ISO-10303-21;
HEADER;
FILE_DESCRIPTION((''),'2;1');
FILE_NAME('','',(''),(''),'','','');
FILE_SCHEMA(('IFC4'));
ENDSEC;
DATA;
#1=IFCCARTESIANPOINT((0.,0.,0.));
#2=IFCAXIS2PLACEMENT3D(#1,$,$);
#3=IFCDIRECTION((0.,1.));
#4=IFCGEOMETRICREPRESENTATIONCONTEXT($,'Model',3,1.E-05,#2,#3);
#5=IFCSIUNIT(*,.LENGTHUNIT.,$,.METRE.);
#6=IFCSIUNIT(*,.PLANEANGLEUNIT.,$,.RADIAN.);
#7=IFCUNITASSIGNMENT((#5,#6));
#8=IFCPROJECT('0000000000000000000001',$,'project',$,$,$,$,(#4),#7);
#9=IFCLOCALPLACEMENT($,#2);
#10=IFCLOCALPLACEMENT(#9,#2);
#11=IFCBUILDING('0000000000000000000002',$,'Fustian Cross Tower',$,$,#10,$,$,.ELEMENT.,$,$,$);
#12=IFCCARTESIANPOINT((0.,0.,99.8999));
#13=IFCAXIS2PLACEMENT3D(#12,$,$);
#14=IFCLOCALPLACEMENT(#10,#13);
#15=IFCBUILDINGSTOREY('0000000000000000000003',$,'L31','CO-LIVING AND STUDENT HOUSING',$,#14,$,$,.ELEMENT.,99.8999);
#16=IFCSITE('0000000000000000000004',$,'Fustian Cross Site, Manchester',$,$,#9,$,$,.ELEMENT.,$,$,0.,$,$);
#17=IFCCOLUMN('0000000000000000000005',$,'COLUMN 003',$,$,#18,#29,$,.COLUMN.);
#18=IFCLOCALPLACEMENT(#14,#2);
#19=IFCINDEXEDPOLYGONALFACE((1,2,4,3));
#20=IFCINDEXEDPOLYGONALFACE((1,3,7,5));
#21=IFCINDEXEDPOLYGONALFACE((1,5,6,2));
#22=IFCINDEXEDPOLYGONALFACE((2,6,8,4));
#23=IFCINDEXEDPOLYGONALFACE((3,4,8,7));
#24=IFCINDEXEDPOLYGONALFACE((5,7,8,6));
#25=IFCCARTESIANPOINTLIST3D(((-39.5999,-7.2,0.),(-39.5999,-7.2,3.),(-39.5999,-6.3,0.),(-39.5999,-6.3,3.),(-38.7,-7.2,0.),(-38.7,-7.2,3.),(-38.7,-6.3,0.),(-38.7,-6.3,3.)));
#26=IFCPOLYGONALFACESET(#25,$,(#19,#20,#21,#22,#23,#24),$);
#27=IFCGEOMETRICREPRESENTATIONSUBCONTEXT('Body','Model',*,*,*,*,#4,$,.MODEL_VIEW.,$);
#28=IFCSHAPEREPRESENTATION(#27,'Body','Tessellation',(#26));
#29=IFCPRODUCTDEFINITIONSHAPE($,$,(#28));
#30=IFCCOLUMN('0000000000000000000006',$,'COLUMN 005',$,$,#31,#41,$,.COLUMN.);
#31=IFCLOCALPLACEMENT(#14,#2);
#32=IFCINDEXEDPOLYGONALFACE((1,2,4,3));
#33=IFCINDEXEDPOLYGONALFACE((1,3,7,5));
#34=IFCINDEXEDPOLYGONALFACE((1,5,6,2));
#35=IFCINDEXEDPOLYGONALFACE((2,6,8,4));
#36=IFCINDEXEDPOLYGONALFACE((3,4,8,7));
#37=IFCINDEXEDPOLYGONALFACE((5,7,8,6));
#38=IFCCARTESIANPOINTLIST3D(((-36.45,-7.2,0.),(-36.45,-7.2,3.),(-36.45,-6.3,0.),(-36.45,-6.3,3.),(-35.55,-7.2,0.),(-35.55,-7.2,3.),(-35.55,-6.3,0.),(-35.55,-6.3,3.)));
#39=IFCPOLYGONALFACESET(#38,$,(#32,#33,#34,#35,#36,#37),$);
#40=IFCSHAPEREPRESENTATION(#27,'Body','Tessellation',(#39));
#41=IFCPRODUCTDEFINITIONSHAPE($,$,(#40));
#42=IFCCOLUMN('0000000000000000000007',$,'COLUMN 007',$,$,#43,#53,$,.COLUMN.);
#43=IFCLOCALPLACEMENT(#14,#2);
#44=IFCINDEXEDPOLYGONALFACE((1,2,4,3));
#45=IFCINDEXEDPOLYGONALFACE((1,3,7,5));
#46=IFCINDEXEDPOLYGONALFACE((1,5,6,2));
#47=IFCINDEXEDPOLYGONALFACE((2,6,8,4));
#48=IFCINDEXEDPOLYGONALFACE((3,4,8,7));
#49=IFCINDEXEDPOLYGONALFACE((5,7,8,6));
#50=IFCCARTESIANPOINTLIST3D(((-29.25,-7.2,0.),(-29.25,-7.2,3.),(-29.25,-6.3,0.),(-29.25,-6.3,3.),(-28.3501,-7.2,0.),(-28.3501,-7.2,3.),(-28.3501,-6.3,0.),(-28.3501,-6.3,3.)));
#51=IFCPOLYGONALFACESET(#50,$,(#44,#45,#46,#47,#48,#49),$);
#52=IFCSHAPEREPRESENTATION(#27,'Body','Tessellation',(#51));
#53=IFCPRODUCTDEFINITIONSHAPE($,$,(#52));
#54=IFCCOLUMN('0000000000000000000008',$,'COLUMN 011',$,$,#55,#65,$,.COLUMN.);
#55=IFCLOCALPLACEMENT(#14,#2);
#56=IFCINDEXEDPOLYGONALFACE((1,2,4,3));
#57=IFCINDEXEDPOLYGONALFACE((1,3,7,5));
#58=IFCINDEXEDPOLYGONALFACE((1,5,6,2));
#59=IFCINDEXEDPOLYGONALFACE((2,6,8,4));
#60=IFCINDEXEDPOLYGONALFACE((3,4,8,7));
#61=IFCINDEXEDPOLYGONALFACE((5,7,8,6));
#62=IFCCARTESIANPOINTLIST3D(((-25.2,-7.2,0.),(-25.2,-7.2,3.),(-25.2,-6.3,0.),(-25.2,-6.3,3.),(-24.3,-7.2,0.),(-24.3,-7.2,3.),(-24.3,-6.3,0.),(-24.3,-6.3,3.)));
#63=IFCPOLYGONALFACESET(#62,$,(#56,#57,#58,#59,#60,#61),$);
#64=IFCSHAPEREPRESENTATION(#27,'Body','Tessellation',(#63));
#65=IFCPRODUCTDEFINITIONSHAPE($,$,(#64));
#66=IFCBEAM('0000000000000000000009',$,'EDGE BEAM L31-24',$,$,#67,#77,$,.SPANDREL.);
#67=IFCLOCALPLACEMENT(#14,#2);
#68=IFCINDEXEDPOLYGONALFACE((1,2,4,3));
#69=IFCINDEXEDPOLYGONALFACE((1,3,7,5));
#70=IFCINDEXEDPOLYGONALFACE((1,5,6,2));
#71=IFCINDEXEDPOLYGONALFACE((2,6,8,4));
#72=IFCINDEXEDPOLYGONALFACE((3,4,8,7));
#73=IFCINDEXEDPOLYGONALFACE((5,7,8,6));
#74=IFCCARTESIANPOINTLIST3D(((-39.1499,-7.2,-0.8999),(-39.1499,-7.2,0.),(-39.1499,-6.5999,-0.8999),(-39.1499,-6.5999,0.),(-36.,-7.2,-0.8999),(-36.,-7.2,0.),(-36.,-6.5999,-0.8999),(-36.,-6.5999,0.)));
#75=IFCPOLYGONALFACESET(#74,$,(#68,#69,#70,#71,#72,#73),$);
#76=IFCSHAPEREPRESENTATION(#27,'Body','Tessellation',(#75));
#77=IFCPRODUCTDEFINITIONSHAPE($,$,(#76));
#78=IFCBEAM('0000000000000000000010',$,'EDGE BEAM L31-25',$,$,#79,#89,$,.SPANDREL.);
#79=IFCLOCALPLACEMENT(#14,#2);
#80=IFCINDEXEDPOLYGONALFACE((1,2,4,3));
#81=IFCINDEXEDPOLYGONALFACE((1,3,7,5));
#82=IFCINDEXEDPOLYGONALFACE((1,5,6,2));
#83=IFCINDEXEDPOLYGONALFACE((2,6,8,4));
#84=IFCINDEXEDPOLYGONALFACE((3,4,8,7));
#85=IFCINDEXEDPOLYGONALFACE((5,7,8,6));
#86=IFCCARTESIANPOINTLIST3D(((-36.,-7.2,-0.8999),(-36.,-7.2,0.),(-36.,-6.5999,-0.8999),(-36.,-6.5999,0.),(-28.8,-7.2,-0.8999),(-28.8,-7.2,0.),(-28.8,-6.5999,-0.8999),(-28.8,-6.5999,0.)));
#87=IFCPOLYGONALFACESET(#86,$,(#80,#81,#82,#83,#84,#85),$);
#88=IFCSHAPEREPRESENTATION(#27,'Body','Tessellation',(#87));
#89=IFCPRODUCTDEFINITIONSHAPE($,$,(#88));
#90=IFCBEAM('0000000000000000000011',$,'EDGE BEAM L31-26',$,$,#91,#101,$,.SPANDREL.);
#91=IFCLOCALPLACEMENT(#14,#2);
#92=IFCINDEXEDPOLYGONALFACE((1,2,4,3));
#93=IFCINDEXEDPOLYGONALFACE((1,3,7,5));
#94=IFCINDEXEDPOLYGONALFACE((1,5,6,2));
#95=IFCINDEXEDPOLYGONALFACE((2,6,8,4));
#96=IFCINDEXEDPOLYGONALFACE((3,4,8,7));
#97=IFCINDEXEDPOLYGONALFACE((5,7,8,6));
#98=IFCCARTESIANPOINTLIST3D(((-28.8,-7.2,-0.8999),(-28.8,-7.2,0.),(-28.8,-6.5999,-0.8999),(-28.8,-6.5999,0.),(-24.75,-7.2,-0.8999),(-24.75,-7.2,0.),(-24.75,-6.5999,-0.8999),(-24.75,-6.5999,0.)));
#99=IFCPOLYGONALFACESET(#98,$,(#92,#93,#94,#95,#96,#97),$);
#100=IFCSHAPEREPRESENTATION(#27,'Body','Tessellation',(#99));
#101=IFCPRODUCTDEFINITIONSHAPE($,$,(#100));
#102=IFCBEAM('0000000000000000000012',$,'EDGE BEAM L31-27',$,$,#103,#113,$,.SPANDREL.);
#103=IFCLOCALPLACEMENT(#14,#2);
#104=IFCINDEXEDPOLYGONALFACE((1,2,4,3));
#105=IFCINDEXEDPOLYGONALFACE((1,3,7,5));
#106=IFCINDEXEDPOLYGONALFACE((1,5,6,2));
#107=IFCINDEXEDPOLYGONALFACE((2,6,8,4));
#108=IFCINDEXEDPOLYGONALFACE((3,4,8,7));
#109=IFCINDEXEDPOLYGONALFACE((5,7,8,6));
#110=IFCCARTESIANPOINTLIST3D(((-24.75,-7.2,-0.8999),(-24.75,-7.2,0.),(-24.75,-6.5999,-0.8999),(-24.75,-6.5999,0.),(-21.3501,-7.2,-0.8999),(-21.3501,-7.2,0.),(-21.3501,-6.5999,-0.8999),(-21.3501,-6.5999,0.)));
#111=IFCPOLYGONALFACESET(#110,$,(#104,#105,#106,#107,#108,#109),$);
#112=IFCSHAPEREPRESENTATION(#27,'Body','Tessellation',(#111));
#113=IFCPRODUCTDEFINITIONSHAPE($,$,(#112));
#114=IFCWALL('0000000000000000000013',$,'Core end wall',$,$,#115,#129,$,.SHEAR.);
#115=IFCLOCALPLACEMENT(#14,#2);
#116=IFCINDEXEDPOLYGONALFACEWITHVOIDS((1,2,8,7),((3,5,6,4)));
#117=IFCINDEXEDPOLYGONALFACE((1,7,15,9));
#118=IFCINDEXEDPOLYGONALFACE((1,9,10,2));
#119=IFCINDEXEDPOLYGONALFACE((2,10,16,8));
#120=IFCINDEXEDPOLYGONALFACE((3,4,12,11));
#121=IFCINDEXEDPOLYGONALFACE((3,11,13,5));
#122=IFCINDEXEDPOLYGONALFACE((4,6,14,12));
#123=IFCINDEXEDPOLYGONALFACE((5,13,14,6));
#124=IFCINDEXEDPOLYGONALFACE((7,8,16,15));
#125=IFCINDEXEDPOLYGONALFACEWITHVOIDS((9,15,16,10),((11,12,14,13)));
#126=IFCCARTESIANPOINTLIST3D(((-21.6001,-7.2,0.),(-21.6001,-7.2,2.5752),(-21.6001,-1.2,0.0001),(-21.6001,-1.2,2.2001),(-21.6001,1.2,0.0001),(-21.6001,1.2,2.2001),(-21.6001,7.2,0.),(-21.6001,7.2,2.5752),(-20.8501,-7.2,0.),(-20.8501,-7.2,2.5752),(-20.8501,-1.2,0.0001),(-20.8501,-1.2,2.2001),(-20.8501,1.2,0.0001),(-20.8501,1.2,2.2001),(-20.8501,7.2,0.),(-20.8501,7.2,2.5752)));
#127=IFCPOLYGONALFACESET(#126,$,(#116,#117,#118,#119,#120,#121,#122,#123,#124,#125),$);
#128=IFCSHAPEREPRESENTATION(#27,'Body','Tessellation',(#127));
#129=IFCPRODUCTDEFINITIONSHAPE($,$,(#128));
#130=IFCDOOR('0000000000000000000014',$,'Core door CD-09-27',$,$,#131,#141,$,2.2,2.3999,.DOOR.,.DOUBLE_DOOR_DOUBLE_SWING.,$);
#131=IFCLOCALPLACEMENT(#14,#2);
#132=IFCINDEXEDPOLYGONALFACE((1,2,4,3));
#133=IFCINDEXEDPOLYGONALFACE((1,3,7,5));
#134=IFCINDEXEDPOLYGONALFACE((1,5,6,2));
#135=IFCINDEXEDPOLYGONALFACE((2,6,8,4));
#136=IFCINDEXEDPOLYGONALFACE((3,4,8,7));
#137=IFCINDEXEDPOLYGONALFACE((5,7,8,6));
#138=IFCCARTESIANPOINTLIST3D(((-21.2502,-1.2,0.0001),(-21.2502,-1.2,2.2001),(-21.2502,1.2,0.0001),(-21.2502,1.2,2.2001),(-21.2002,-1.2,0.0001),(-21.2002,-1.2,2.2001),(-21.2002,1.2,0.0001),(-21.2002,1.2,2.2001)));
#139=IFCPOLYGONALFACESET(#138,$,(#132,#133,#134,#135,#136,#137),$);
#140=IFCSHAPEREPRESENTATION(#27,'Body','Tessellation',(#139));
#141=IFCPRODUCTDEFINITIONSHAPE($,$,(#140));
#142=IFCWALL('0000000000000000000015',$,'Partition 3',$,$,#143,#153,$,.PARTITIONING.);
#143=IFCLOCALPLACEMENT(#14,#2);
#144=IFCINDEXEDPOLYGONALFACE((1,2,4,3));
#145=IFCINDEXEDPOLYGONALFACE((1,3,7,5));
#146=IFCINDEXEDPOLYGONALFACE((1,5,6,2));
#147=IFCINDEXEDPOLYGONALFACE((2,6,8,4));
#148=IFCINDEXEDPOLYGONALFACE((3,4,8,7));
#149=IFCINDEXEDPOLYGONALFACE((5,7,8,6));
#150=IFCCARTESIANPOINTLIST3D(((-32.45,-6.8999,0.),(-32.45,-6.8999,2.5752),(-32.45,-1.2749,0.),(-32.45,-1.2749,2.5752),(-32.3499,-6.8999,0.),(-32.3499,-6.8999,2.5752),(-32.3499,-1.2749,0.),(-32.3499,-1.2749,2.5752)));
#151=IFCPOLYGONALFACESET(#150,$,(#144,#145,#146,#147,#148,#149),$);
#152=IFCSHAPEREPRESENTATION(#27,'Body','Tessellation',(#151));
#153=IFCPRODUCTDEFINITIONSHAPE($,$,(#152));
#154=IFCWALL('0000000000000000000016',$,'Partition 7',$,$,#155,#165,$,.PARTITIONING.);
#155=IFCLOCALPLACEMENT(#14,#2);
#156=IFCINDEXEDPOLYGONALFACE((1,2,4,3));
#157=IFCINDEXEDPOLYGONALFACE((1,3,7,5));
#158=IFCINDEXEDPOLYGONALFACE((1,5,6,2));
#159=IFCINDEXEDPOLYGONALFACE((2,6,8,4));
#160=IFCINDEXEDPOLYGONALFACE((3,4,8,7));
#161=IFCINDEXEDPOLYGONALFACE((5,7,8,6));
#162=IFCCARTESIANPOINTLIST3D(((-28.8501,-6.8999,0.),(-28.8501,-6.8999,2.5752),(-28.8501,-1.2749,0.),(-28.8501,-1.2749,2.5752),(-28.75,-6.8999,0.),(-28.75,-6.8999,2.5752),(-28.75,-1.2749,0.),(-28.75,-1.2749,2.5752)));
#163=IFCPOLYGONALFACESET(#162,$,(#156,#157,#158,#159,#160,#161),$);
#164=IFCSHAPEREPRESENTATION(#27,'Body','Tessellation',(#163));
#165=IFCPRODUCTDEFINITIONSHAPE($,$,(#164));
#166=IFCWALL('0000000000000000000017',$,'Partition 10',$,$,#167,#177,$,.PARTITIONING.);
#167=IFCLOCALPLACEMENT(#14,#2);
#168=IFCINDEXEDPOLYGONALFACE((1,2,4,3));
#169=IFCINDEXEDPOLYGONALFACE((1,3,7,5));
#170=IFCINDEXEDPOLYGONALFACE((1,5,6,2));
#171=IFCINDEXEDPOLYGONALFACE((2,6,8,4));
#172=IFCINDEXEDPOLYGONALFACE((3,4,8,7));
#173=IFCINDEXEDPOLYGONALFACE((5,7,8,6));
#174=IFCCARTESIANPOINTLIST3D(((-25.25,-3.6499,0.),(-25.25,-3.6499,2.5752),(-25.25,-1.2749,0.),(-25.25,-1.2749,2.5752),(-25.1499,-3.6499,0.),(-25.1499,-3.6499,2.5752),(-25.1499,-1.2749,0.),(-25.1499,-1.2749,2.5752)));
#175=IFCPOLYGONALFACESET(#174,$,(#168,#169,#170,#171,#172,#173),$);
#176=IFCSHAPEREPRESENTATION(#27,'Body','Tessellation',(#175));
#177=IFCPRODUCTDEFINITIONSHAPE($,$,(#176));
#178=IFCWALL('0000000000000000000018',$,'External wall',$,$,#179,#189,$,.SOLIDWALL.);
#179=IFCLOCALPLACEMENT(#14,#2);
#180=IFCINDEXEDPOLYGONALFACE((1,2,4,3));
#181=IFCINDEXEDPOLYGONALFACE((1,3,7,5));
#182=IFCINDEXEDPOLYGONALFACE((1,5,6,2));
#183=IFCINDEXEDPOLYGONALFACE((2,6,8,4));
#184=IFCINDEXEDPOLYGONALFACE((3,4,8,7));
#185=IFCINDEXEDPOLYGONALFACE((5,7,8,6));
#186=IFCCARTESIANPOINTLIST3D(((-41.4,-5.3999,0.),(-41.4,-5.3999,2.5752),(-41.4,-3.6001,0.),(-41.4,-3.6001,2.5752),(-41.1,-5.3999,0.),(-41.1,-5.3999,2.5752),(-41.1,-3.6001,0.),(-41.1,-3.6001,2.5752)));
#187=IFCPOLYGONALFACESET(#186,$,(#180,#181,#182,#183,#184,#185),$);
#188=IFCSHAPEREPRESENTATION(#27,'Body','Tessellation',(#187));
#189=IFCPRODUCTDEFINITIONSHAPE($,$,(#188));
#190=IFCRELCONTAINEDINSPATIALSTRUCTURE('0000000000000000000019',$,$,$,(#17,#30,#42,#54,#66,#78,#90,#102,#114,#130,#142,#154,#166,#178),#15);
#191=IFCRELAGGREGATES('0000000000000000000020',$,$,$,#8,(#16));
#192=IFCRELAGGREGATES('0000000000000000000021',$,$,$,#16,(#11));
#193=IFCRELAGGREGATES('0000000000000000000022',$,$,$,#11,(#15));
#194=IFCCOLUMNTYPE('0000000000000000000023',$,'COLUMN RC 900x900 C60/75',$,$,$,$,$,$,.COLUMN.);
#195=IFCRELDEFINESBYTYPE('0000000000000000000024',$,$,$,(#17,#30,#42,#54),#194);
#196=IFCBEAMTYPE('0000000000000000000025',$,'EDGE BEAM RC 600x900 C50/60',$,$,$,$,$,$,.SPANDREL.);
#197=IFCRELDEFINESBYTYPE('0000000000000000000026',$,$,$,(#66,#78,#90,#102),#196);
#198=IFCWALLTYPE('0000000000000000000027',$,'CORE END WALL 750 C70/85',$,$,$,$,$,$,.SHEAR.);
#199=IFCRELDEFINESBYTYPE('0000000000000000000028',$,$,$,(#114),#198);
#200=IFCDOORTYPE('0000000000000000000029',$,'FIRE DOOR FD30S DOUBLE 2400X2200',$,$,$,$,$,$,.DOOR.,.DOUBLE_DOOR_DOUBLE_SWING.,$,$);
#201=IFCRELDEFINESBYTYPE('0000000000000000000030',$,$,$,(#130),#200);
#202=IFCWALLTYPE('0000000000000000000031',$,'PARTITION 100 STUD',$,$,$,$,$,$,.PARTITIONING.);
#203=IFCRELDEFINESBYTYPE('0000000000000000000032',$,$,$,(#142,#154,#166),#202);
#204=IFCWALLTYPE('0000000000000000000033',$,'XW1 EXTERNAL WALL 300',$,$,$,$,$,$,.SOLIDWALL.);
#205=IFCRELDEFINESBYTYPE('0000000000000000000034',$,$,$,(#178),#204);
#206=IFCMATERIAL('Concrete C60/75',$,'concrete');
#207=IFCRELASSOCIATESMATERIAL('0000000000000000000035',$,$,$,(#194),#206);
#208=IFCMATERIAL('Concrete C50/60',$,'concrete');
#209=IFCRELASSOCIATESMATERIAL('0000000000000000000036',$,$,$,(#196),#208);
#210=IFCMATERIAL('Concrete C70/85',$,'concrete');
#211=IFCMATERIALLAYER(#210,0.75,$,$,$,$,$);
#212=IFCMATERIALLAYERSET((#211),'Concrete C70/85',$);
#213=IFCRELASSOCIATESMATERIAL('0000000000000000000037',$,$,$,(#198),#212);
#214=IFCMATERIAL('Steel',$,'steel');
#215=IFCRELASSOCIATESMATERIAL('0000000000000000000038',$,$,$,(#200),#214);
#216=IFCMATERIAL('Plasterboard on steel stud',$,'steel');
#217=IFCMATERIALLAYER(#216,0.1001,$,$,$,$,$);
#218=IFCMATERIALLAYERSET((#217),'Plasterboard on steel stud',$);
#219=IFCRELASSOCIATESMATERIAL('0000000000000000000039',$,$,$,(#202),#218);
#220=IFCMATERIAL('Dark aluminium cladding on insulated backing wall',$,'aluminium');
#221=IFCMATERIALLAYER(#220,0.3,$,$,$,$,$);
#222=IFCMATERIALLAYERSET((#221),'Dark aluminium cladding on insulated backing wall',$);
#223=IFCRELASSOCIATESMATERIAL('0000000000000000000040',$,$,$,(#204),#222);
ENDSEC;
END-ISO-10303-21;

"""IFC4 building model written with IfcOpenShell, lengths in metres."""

from ifc_helpers import new_model, si_unit, direction, frame, frame_2d, origin, origin_2d, place, context, subcontext, project, spatial, rectangle, extrude, material, layer, layer_set, material_profile, profile_set, type_object, element, fill, save


model = new_model("IFC4")

# Units and contexts
model_context = context("Model", 3, precision=1e-05, world=origin(), true_north=direction((0.0, 1.0)))
body_context = subcontext(model_context, "Body", "Model", "MODEL_VIEW")
ifc_project = project(units=[si_unit("LENGTHUNIT", "METRE"), si_unit("PLANEANGLEUNIT", "RADIAN")], contexts=[model_context])

# Site, building, storey
site_placement = place(None, origin())
site = spatial("IfcSite", under=ifc_project, at=site_placement, Name="Fustian Cross Site, Manchester", CompositionType="ELEMENT", RefElevation=0.0)
building_placement = place(site_placement, origin())
building = spatial("IfcBuilding", under=site, at=building_placement, Name="Fustian Cross Tower", CompositionType="ELEMENT")
storey_placement = place(building_placement, frame((0.0, 0.0, 99.8999)))
storey = spatial("IfcBuildingStorey", under=building, at=storey_placement, Name="L31", Description="CO-LIVING AND STUDENT HOUSING", CompositionType="ELEMENT", Elevation=99.8999)

# Columns
ifc_material_1 = material(Name="Concrete C60/75", Category="concrete")
ifc_material_profile_1 = material_profile(ifc_material_1, rectangle(XDim=0.8999, YDim=0.8999, at=origin_2d()), Name="RC 900x900")
ifc_profile_set_1 = profile_set([ifc_material_profile_1], Name="Concrete C60/75")
column_type = type_object("IfcColumnType", Name="COLUMN RC 900x900 C60/75", PredefinedType="COLUMN", material=ifc_profile_set_1)
for number, where, z_axis, x_axis, name in (
    (1, (-39.1499, -6.75, 0.0), (0.0, 0.0, 1.0), (1.0, 0.0, 0.0), "COLUMN 003"),
    (2, (-36.0, -6.75, 0.0), (0.0, 0.0, 1.0), (1.0, 0.0, 0.0), "COLUMN 005"),
    (3, (-28.8, -6.75, 0.0), (0.0, 0.0, 1.0), (1.0, 0.0, 0.0), "COLUMN 007"),
    (4, (-24.75, -6.75, 0.0), (0.0, 0.0, 1.0), (1.0, 0.0, 0.0), "COLUMN 011"),
):
    element("IfcColumn", number, at=place(storey_placement, frame(where, z_axis=z_axis, x_axis=x_axis)), inside=storey, type_object=column_type, Name=name, PredefinedType="COLUMN", context=body_context, shape_type="SweptSolid", body=[
        extrude(rectangle(XDim=0.8999, YDim=0.8999, at=origin_2d()), origin(), (0.0, 0.0, 1.0), 3.0),
    ])

# Beams
ifc_material_2 = material(Name="Concrete C50/60", Category="concrete")
ifc_material_profile_2 = material_profile(ifc_material_2, rectangle(XDim=0.6001, YDim=0.8999, at=origin_2d()), Name="RC 600x900")
ifc_profile_set_2 = profile_set([ifc_material_profile_2], Name="Concrete C50/60")
beam_type = type_object("IfcBeamType", Name="EDGE BEAM RC 600x900 C50/60", PredefinedType="SPANDREL", material=ifc_profile_set_2)
beam_1_placement = place(storey_placement, frame((-39.1499, -6.8999, -0.45), z_axis=(1.0, 0.0, 0.0), x_axis=(0.0, 1.0, 0.0)))
element("IfcBeam", 5, at=beam_1_placement, inside=storey, type_object=beam_type, Name="EDGE BEAM L31-24", PredefinedType="SPANDREL", context=body_context, shape_type="SweptSolid", body=[
    extrude(rectangle(XDim=0.6001, YDim=0.8999, at=origin_2d()), origin(), (0.0, 0.0, 1.0), 3.1499),
])
beam_2_placement = place(storey_placement, frame((-36.0, -6.8999, -0.45), z_axis=(1.0, 0.0, 0.0), x_axis=(0.0, 1.0, 0.0)))
element("IfcBeam", 6, at=beam_2_placement, inside=storey, type_object=beam_type, Name="EDGE BEAM L31-25", PredefinedType="SPANDREL", context=body_context, shape_type="SweptSolid", body=[
    extrude(rectangle(XDim=0.6001, YDim=0.8999, at=origin_2d()), origin(), (0.0, 0.0, 1.0), 7.2),
])
beam_3_placement = place(storey_placement, frame((-28.8, -6.8999, -0.45), z_axis=(1.0, 0.0, 0.0), x_axis=(0.0, 1.0, 0.0)))
element("IfcBeam", 7, at=beam_3_placement, inside=storey, type_object=beam_type, Name="EDGE BEAM L31-26", PredefinedType="SPANDREL", context=body_context, shape_type="SweptSolid", body=[
    extrude(rectangle(XDim=0.6001, YDim=0.8999, at=origin_2d()), origin(), (0.0, 0.0, 1.0), 4.05),
])
beam_4_placement = place(storey_placement, frame((-24.75, -6.8999, -0.45), z_axis=(1.0, 0.0, 0.0), x_axis=(0.0, 1.0, 0.0)))
element("IfcBeam", 8, at=beam_4_placement, inside=storey, type_object=beam_type, Name="EDGE BEAM L31-27", PredefinedType="SPANDREL", context=body_context, shape_type="SweptSolid", body=[
    extrude(rectangle(XDim=0.6001, YDim=0.8999, at=origin_2d()), origin(), (0.0, 0.0, 1.0), 3.3999),
])

# Wall, opening, door
ifc_material_3 = material(Name="Concrete C70/85", Category="concrete")
ifc_layer_1 = layer(ifc_material_3, 0.75)
ifc_layer_set_1 = layer_set([ifc_layer_1], Name="Concrete C70/85")
wall_type_1 = type_object("IfcWallType", Name="CORE END WALL 750 C70/85", PredefinedType="SHEAR", material=ifc_layer_set_1)
wall_1_placement = place(storey_placement, frame((-21.2251, -7.2, 0.0), z_axis=(0.0, 0.0, 1.0), x_axis=(0.0, 1.0, 0.0)))
wall_1 = element("IfcWall", 9, at=wall_1_placement, inside=storey, type_object=wall_type_1, Name="Core end wall", PredefinedType="SHEAR", context=body_context, shape_type="SweptSolid", body=[
    extrude(rectangle(XDim=14.3999, YDim=0.75, at=frame_2d((7.2, 0.0))), origin(), (0.0, 0.0, 1.0), 2.5752),
])
opening_1_placement = place(wall_1_placement, frame((6.0, 0.0, 0.0)))
opening_1 = element("IfcOpeningElement", 10, at=opening_1_placement, cuts=wall_1, PredefinedType="OPENING", context=body_context, shape_type="SweptSolid", body=[
    extrude(rectangle(XDim=2.3999, YDim=2.2, at=frame_2d((1.2, 1.1001))), frame((0.0, 0.385, 0.0), z_axis=(0.0, -1.0, 0.0), x_axis=(1.0, 0.0, 0.0)), (0.0, 0.0, 1.0), 0.77),
])
ifc_material_4 = material(Name="Steel", Category="steel")
door_type = type_object("IfcDoorType", Name="FIRE DOOR FD30S DOUBLE 2400X2200", OperationType="DOUBLE_DOOR_DOUBLE_SWING", PredefinedType="DOOR", material=ifc_material_4)
door_placement = place(opening_1_placement, frame((2.3999, 0.0, 0.0), z_axis=(0.0, 0.0, 1.0), x_axis=(-1.0, 0.0, 0.0)))
door = element("IfcDoor", 11, at=door_placement, inside=storey, type_object=door_type, Name="Core door CD-09-27", OperationType="DOUBLE_DOOR_DOUBLE_SWING", OverallHeight=2.2, OverallWidth=2.3999, PredefinedType="DOOR", context=body_context, shape_type="SweptSolid", body=[
    extrude(rectangle(XDim=2.3999, YDim=2.2, at=frame_2d((1.2, 1.1001))), frame((0.0, 0.0249, 0.0), z_axis=(0.0, -1.0, 0.0), x_axis=(1.0, 0.0, 0.0)), (0.0, 0.0, 1.0), 0.05),
])
fill(opening_1, door)

# Walls
ifc_material_5 = material(Name="Plasterboard on steel stud", Category="steel")
ifc_layer_2 = layer(ifc_material_5, 0.1001)
ifc_layer_set_2 = layer_set([ifc_layer_2], Name="Plasterboard on steel stud")
wall_type_2 = type_object("IfcWallType", Name="PARTITION 100 STUD", PredefinedType="PARTITIONING", material=ifc_layer_set_2)
for number, where, z_axis, x_axis, name in (
    (12, (-32.3999, -6.8999, 0.0), (0.0, 0.0, 1.0), (0.0, 1.0, 0.0), "Partition 3"),
    (13, (-28.8, -6.8999, 0.0), (0.0, 0.0, 1.0), (0.0, 1.0, 0.0), "Partition 7"),
):
    element("IfcWall", number, at=place(storey_placement, frame(where, z_axis=z_axis, x_axis=x_axis)), inside=storey, type_object=wall_type_2, Name=name, PredefinedType="PARTITIONING", context=body_context, shape_type="SweptSolid", body=[
        extrude(rectangle(XDim=5.625, YDim=0.1001, at=frame_2d((2.8125, 0.0))), origin(), (0.0, 0.0, 1.0), 2.5752),
    ])
wall_2_placement = place(storey_placement, frame((-25.2, -3.6499, 0.0), z_axis=(0.0, 0.0, 1.0), x_axis=(0.0, 1.0, 0.0)))
element("IfcWall", 14, at=wall_2_placement, inside=storey, type_object=wall_type_2, Name="Partition 10", PredefinedType="PARTITIONING", context=body_context, shape_type="SweptSolid", body=[
    extrude(rectangle(XDim=2.375, YDim=0.1001, at=frame_2d((1.1875, 0.0))), origin(), (0.0, 0.0, 1.0), 2.5752),
])
ifc_material_6 = material(Name="Dark aluminium cladding on insulated backing wall", Category="aluminium")
ifc_layer_3 = layer(ifc_material_6, 0.3)
ifc_layer_set_3 = layer_set([ifc_layer_3], Name="Dark aluminium cladding on insulated backing wall")
wall_type_3 = type_object("IfcWallType", Name="XW1 EXTERNAL WALL 300", PredefinedType="SOLIDWALL", material=ifc_layer_set_3)
wall_3_placement = place(storey_placement, frame((-41.25, -3.6001, 0.0), z_axis=(0.0, 0.0, 1.0), x_axis=(0.0, -1.0, 0.0)))
element("IfcWall", 15, at=wall_3_placement, inside=storey, type_object=wall_type_3, Name="External wall", PredefinedType="SOLIDWALL", context=body_context, shape_type="SweptSolid", body=[
    extrude(rectangle(XDim=1.7998, YDim=0.3, at=frame_2d((0.8999, 0.0))), origin(), (0.0, 0.0, 1.0), 2.5752),
])

save(model, "model.ifc")
